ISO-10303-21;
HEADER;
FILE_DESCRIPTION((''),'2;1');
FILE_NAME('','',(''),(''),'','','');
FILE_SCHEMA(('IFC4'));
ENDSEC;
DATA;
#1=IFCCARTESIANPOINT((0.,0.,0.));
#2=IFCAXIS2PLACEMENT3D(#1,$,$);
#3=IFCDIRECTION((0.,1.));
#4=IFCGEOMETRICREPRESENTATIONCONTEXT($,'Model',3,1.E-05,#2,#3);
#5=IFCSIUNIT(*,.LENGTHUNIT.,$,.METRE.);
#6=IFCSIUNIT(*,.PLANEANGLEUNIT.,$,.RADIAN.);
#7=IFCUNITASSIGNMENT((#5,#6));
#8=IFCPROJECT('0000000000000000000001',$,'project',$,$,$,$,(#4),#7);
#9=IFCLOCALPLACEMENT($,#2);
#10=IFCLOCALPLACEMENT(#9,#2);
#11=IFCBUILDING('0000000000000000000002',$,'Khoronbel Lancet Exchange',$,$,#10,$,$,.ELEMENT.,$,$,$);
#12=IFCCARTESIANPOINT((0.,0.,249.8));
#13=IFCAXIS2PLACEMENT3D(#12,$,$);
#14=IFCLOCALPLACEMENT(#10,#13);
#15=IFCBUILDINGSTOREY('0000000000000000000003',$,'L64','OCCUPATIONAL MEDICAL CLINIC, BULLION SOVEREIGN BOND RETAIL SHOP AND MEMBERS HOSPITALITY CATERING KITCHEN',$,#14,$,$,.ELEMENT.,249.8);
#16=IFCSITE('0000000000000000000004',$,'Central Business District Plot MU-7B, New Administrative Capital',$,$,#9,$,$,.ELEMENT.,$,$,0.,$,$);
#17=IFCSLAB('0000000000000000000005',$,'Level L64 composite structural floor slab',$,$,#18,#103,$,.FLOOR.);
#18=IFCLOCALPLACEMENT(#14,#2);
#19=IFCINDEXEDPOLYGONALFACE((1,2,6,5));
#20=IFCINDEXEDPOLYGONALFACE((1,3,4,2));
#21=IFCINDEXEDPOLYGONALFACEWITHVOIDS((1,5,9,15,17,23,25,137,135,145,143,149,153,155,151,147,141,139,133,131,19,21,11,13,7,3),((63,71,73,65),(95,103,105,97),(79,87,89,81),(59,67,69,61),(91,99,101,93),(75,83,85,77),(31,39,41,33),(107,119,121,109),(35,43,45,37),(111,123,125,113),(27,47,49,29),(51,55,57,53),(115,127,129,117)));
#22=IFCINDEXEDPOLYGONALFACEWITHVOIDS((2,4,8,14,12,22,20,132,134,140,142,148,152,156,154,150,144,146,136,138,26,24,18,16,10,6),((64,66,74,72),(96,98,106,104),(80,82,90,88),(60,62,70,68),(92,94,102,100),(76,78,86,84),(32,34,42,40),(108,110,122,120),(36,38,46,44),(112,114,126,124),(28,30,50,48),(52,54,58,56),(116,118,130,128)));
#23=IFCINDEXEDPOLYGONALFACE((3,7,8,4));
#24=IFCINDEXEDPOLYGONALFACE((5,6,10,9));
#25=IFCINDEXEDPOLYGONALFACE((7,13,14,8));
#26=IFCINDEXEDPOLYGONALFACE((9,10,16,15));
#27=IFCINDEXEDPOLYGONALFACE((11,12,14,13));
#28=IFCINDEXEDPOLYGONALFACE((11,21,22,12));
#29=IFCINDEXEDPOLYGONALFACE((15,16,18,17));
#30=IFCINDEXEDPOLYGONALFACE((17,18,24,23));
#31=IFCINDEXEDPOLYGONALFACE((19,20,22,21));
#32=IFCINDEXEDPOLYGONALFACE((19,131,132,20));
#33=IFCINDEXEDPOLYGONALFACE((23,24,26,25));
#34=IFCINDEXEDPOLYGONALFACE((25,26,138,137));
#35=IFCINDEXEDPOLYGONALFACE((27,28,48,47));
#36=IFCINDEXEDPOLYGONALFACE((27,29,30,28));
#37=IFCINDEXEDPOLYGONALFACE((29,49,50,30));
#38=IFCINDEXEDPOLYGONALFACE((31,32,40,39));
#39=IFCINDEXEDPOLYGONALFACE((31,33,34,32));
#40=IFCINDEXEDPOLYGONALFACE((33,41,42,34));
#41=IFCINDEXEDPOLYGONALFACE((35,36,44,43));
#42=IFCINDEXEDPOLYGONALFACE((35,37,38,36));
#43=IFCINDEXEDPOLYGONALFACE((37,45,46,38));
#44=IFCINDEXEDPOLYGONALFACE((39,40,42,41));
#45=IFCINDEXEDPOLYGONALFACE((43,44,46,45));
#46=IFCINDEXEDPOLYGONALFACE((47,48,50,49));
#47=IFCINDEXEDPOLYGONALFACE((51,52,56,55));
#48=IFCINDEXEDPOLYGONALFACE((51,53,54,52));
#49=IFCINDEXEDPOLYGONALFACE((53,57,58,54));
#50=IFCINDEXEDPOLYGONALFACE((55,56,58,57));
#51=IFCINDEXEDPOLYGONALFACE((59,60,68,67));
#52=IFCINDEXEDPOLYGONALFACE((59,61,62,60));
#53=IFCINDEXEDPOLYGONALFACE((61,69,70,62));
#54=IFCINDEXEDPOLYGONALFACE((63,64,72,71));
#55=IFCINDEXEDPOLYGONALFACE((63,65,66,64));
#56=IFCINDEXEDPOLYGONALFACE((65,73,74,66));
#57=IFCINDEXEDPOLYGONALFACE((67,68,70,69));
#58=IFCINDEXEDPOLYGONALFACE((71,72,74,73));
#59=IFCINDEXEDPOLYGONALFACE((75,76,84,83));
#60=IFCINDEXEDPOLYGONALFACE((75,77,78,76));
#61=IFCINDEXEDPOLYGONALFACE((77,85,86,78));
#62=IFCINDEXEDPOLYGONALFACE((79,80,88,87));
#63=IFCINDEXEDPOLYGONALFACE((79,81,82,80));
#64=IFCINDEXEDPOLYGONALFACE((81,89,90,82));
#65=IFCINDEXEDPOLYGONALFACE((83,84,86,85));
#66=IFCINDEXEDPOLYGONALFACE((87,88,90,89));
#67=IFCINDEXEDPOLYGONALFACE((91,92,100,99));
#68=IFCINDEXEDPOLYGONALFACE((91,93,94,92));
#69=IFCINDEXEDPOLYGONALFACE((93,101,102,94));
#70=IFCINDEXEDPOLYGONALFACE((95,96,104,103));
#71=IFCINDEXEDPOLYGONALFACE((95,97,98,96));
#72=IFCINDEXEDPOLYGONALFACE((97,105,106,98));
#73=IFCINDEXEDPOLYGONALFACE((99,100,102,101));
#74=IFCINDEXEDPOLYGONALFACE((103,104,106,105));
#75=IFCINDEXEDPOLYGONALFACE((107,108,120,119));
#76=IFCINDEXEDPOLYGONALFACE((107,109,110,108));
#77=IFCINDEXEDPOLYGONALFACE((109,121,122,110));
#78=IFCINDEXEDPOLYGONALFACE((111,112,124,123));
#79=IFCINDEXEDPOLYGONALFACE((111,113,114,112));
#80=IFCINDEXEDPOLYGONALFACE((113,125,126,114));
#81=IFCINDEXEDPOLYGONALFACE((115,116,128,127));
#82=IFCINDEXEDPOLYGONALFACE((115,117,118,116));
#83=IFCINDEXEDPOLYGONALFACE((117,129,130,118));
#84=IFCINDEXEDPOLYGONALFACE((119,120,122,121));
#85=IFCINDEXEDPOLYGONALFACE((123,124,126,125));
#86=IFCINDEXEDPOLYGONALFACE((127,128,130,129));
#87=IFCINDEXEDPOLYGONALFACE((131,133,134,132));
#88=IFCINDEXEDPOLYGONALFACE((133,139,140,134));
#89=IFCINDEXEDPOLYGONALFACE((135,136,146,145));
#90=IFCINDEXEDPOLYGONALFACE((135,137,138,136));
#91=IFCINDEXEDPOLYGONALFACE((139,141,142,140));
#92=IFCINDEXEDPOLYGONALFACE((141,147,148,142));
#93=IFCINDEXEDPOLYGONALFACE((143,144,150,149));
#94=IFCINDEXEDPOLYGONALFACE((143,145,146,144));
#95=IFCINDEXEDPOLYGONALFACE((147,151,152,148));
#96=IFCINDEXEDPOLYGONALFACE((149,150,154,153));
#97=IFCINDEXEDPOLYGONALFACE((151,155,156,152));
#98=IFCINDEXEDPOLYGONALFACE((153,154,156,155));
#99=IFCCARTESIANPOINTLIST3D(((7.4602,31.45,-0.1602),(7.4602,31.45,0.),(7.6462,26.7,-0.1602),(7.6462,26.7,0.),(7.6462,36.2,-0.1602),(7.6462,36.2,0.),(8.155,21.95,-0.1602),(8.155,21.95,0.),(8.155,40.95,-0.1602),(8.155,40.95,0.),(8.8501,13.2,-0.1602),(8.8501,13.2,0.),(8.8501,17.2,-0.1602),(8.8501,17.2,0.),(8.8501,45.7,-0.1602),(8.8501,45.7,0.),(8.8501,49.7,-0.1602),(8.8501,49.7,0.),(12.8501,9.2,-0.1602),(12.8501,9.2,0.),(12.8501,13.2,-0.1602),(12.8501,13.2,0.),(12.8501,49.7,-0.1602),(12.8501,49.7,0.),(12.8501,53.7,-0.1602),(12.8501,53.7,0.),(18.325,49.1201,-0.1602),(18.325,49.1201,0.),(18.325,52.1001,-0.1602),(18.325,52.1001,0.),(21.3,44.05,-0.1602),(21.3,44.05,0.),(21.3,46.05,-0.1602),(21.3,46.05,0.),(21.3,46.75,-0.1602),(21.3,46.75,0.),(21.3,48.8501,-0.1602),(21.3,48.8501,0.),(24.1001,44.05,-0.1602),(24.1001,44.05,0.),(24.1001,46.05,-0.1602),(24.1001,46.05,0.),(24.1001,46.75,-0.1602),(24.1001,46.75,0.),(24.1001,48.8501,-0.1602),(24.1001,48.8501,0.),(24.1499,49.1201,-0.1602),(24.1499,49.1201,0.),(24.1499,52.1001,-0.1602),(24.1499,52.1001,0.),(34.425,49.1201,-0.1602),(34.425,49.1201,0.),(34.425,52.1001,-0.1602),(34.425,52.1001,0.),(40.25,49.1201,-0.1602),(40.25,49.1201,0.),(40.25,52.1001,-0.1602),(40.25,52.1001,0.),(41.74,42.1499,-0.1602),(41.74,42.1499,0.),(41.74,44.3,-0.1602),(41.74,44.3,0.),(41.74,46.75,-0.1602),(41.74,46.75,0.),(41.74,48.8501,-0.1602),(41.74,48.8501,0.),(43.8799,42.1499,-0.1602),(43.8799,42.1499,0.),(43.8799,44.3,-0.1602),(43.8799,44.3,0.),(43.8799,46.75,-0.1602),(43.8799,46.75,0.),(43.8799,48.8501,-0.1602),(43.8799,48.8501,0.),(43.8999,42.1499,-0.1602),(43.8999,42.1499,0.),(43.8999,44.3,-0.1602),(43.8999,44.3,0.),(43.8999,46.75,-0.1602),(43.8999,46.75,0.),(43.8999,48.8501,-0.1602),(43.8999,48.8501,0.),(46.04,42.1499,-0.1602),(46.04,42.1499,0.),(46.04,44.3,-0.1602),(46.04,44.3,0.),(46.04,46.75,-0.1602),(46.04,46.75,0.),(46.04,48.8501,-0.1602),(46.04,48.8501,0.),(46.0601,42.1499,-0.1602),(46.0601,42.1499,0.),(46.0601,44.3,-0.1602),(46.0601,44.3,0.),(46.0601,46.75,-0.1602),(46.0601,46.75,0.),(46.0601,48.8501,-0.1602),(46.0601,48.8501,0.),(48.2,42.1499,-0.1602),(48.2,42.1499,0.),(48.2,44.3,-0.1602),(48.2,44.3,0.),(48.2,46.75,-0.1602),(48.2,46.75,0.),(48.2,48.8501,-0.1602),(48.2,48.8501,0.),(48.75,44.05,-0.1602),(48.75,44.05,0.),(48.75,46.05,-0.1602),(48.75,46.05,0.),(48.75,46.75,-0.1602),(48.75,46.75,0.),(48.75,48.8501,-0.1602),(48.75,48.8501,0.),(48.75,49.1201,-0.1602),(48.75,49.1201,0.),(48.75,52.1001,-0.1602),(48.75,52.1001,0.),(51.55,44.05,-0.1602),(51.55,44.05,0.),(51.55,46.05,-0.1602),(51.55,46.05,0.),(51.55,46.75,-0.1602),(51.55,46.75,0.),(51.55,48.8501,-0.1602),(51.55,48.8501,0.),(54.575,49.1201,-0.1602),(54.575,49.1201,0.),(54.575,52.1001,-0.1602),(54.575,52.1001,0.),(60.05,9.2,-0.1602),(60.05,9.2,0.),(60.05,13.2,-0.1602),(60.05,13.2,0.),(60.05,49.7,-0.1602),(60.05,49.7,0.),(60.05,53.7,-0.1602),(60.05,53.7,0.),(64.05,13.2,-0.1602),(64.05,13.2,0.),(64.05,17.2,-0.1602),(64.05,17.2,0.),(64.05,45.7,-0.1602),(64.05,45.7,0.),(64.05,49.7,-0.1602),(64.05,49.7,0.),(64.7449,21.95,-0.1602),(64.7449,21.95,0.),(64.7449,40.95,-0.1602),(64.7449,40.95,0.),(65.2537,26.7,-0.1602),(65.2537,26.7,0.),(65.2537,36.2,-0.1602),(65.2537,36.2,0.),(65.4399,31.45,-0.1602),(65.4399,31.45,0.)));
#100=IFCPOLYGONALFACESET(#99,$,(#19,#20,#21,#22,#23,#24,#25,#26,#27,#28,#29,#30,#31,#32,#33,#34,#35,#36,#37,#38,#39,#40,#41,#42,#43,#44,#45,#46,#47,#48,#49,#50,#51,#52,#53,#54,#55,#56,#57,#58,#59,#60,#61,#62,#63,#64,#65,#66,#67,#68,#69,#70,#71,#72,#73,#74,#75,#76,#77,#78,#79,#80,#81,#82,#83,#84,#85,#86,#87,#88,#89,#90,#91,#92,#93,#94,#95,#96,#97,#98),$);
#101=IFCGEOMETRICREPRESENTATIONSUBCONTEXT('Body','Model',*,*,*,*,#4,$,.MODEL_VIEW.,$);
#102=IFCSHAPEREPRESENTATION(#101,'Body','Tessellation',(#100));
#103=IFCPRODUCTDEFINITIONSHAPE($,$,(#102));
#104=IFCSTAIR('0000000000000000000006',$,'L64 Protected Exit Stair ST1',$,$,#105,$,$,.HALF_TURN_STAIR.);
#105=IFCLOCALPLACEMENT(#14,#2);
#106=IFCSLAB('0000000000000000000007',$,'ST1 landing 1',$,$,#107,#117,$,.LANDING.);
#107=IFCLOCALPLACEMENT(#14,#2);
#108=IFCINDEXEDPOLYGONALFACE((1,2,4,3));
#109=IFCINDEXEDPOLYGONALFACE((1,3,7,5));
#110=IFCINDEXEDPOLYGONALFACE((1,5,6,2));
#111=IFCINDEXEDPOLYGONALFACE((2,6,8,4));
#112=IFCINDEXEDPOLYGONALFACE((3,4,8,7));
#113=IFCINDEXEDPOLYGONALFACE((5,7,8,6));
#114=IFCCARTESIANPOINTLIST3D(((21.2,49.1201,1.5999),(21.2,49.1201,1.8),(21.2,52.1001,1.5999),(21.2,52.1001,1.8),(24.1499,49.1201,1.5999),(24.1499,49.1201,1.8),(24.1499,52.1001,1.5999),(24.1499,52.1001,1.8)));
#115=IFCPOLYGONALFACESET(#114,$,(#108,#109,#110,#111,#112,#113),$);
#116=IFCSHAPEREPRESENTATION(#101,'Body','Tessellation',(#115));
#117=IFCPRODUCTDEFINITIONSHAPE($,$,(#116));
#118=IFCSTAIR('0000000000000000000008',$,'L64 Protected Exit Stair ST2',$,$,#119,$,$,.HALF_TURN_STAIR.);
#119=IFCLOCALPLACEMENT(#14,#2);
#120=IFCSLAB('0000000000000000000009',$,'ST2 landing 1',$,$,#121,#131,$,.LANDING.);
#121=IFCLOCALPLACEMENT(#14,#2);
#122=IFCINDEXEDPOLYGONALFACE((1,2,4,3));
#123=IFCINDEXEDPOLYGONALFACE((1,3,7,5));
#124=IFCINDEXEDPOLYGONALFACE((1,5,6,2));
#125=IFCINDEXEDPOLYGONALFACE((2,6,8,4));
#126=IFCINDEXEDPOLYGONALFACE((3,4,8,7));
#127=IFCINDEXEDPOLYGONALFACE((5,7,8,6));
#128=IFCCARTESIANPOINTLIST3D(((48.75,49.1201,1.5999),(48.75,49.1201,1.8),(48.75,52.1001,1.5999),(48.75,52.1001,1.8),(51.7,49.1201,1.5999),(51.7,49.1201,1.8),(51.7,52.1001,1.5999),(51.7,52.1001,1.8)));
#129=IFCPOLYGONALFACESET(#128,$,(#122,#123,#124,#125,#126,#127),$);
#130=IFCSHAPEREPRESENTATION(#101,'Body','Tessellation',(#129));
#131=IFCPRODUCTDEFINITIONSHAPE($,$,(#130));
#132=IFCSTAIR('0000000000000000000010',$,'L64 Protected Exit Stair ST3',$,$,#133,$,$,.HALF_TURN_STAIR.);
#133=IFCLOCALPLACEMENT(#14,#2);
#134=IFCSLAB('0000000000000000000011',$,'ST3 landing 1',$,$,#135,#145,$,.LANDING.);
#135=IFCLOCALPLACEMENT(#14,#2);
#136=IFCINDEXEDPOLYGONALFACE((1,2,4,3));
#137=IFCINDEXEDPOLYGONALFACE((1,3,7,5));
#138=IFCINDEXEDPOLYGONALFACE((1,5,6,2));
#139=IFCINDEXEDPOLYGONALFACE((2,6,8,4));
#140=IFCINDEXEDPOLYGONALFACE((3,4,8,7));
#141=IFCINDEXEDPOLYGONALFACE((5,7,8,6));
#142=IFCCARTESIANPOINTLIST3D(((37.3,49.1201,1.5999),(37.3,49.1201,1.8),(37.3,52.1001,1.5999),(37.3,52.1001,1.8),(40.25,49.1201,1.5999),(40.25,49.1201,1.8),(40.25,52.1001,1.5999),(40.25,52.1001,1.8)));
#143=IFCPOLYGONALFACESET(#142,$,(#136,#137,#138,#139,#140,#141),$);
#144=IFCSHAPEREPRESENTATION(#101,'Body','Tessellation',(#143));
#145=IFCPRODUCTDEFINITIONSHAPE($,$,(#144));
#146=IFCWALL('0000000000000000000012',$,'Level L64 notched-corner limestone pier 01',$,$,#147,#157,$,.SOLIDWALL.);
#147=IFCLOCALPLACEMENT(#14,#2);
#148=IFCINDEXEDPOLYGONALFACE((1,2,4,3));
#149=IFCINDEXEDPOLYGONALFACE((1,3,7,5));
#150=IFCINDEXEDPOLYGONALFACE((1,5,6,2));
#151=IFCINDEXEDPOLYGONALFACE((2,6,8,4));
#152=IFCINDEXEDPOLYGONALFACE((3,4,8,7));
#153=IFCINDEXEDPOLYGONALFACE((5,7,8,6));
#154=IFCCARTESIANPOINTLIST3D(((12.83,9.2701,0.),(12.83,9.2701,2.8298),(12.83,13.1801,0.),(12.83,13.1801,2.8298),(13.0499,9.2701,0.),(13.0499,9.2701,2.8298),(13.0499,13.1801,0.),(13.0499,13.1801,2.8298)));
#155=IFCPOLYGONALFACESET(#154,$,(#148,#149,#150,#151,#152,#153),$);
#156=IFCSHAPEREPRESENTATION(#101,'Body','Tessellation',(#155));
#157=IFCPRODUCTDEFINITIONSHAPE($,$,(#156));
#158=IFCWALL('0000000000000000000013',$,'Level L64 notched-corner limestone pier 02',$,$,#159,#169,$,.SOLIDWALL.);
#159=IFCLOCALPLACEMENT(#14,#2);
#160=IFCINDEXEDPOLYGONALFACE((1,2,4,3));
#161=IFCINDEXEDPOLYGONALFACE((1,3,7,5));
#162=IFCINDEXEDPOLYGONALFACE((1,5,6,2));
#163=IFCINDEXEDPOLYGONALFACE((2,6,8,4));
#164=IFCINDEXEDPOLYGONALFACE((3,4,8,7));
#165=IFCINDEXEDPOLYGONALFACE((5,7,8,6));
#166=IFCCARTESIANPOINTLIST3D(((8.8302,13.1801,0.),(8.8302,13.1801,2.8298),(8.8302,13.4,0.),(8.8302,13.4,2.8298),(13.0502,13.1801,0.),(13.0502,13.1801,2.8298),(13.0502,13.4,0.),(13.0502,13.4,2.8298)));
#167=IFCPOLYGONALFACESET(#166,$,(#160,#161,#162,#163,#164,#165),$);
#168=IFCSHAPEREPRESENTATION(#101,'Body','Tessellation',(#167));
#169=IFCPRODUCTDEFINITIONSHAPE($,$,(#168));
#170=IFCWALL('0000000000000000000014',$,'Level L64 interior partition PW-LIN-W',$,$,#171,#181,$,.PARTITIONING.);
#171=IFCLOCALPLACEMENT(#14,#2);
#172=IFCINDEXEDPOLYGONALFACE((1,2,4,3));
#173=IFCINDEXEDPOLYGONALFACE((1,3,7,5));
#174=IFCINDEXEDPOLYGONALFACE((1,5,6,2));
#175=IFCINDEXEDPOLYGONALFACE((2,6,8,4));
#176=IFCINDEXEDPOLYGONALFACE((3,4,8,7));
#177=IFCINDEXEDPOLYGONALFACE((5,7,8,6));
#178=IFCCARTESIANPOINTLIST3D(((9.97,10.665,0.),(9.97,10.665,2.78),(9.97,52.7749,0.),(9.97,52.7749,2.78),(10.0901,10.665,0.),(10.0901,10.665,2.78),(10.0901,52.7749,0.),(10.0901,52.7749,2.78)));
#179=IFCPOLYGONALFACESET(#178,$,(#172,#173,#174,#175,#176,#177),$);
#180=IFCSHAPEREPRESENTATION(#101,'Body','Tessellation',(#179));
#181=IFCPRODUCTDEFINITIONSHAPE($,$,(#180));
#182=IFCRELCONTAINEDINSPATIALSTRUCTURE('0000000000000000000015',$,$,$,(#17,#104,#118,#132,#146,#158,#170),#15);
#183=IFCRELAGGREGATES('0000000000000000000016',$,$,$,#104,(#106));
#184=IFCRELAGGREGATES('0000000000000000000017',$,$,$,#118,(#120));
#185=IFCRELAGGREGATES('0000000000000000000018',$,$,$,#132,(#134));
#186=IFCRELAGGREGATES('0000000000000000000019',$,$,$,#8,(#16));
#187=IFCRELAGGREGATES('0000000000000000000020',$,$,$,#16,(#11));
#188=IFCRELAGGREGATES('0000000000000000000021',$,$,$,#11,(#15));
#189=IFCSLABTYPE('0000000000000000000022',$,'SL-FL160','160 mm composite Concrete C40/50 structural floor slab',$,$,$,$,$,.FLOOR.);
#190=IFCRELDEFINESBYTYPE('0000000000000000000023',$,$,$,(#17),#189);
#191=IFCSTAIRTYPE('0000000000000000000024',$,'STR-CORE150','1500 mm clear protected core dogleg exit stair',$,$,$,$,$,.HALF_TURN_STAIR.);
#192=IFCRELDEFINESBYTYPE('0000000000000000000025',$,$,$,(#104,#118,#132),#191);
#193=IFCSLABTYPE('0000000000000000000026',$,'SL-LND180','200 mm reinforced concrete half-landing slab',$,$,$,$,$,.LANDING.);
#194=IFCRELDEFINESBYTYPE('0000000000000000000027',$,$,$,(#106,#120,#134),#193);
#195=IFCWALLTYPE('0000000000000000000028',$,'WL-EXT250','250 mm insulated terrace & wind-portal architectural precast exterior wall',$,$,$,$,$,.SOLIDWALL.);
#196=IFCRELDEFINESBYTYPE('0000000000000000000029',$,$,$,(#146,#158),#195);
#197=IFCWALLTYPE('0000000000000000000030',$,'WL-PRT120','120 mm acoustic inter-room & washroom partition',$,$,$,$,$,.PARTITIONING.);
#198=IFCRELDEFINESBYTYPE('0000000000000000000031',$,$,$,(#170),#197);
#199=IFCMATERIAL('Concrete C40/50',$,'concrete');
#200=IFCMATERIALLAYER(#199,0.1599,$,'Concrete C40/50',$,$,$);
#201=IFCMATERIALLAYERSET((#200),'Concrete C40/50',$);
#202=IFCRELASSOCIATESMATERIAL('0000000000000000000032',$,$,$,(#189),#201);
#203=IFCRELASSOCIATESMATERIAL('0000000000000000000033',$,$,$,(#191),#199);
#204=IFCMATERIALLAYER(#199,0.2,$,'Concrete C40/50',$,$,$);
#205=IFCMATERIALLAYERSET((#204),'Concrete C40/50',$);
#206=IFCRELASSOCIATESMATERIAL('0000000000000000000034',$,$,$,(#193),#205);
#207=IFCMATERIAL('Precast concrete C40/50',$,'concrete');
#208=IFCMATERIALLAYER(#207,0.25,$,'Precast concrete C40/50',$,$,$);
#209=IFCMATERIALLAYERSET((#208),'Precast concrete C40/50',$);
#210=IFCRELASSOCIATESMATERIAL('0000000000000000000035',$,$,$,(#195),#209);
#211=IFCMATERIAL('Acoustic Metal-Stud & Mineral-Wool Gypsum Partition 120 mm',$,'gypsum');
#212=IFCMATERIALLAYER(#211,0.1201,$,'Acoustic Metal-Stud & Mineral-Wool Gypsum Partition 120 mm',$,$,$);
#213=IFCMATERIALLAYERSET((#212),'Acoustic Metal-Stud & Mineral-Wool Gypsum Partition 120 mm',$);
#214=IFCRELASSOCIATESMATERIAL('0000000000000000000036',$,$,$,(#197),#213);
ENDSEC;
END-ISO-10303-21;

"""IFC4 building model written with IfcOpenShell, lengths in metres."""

from ifc_helpers import new_model, si_unit, direction, frame, frame_2d, origin, place, context, subcontext, project, spatial, polyline, rectangle, outline, extrude, material, layer, layer_set, type_object, element, aggregate, save


model = new_model("IFC4")

# Units and contexts
model_context = context("Model", 3, precision=1e-05, world=origin(), true_north=direction((0.0, 1.0)))
body_context = subcontext(model_context, "Body", "Model", "MODEL_VIEW")
ifc_project = project(units=[si_unit("LENGTHUNIT", "METRE"), si_unit("PLANEANGLEUNIT", "RADIAN")], contexts=[model_context])

# Site, building, storey
site_placement = place(None, origin())
site = spatial("IfcSite", under=ifc_project, at=site_placement, Name="Central Business District Plot MU-7B, New Administrative Capital", CompositionType="ELEMENT", RefElevation=0.0)
building_placement = place(site_placement, origin())
building = spatial("IfcBuilding", under=site, at=building_placement, Name="Khoronbel Lancet Exchange", CompositionType="ELEMENT")
storey_placement = place(building_placement, frame((0.0, 0.0, 249.8)))
storey = spatial("IfcBuildingStorey", under=building, at=storey_placement, Name="L64", Description="OCCUPATIONAL MEDICAL CLINIC, BULLION SOVEREIGN BOND RETAIL SHOP AND MEMBERS HOSPITALITY CATERING KITCHEN", CompositionType="ELEMENT", Elevation=249.8)

# Slab
ifc_material_1 = material(Name="Concrete C40/50", Category="concrete")
ifc_layer_1 = layer(ifc_material_1, 0.1599, Name="Concrete C40/50")
ifc_layer_set_1 = layer_set([ifc_layer_1], Name="Concrete C40/50")
slab_type_1 = type_object("IfcSlabType", Name="SL-FL160", Description="160 mm composite Concrete C40/50 structural floor slab", PredefinedType="FLOOR", material=ifc_layer_set_1)
slab_1_placement = place(storey_placement, frame((0.0, 0.0, -0.1602)))
element("IfcSlab", 1, at=slab_1_placement, inside=storey, type_object=slab_type_1, Name="Level L64 composite structural floor slab", PredefinedType="FLOOR", context=body_context, shape_type="SweptSolid", body=[
    extrude(outline(polyline([(12.8501, 9.2), (60.05, 9.2), (60.05, 13.2), (64.05, 13.2), (64.05, 17.2), (64.7449, 21.95), (65.2537, 26.7), (65.4399, 31.45), (65.2537, 36.2), (64.7449, 40.95), (64.05, 45.7), (64.05, 49.7), (60.05, 49.7), (60.05, 53.7), (12.8501, 53.7), (12.8501, 49.7), (8.8501, 49.7), (8.8501, 45.7), (8.155, 40.95), (7.6462, 36.2), (7.4602, 31.45), (7.6462, 26.7), (8.155, 21.95), (8.8501, 17.2), (8.8501, 13.2), (12.8501, 13.2), (12.8501, 9.2)]), holes=[polyline([(18.325, 49.1201), (24.1499, 49.1201), (24.1499, 52.1001), (18.325, 52.1001), (18.325, 49.1201)]), polyline([(48.75, 49.1201), (54.575, 49.1201), (54.575, 52.1001), (48.75, 52.1001), (48.75, 49.1201)]), polyline([(34.425, 49.1201), (40.25, 49.1201), (40.25, 52.1001), (34.425, 52.1001), (34.425, 49.1201)]), polyline([(41.74, 46.75), (43.8799, 46.75), (43.8799, 48.8501), (41.74, 48.8501), (41.74, 46.75)]), polyline([(43.8999, 46.75), (46.04, 46.75), (46.04, 48.8501), (43.8999, 48.8501), (43.8999, 46.75)]), polyline([(46.0601, 46.75), (48.2, 46.75), (48.2, 48.8501), (46.0601, 48.8501), (46.0601, 46.75)]), polyline([(41.74, 42.1499), (43.8799, 42.1499), (43.8799, 44.3), (41.74, 44.3), (41.74, 42.1499)]), polyline([(43.8999, 42.1499), (46.04, 42.1499), (46.04, 44.3), (43.8999, 44.3), (43.8999, 42.1499)]), polyline([(46.0601, 42.1499), (48.2, 42.1499), (48.2, 44.3), (46.0601, 44.3), (46.0601, 42.1499)]), polyline([(21.3, 46.75), (24.1001, 46.75), (24.1001, 48.8501), (21.3, 48.8501), (21.3, 46.75)]), polyline([(48.75, 46.75), (51.55, 46.75), (51.55, 48.8501), (48.75, 48.8501), (48.75, 46.75)]), polyline([(21.3, 44.05), (24.1001, 44.05), (24.1001, 46.05), (21.3, 46.05), (21.3, 44.05)]), polyline([(48.75, 44.05), (51.55, 44.05), (51.55, 46.05), (48.75, 46.05), (48.75, 44.05)])]), origin(), (0.0, 0.0, 1.0), 0.1602),
])

# Stairs, slabs
stair_type = type_object("IfcStairType", Name="STR-CORE150", Description="1500 mm clear protected core dogleg exit stair", PredefinedType="HALF_TURN_STAIR", material=ifc_material_1)
stair_1_placement = place(storey_placement, origin())
stair_1 = element("IfcStair", 2, at=stair_1_placement, inside=storey, type_object=stair_type, Name="L64 Protected Exit Stair ST1", PredefinedType="HALF_TURN_STAIR")
ifc_layer_2 = layer(ifc_material_1, 0.2, Name="Concrete C40/50")
ifc_layer_set_2 = layer_set([ifc_layer_2], Name="Concrete C40/50")
slab_type_2 = type_object("IfcSlabType", Name="SL-LND180", Description="200 mm reinforced concrete half-landing slab", PredefinedType="LANDING", material=ifc_layer_set_2)
slab_2_placement = place(storey_placement, frame((0.0, 0.0, 1.5999)))
slab_2 = element("IfcSlab", 3, at=slab_2_placement, type_object=slab_type_2, Name="ST1 landing 1", PredefinedType="LANDING", context=body_context, shape_type="SweptSolid", body=[
    extrude(outline(polyline([(21.2, 49.1201), (24.1499, 49.1201), (24.1499, 52.1001), (21.2, 52.1001), (21.2, 49.1201)])), origin(), (0.0, 0.0, 1.0), 0.2002),
])
aggregate(stair_1, [slab_2])
stair_2_placement = place(storey_placement, origin())
stair_2 = element("IfcStair", 4, at=stair_2_placement, inside=storey, type_object=stair_type, Name="L64 Protected Exit Stair ST2", PredefinedType="HALF_TURN_STAIR")
slab_3_placement = place(storey_placement, frame((0.0, 0.0, 1.5999)))
slab_3 = element("IfcSlab", 5, at=slab_3_placement, type_object=slab_type_2, Name="ST2 landing 1", PredefinedType="LANDING", context=body_context, shape_type="SweptSolid", body=[
    extrude(outline(polyline([(51.7, 52.1001), (48.75, 52.1001), (48.75, 49.1201), (51.7, 49.1201), (51.7, 52.1001)])), origin(), (0.0, 0.0, 1.0), 0.2002),
])
aggregate(stair_2, [slab_3])
stair_3_placement = place(storey_placement, origin())
stair_3 = element("IfcStair", 6, at=stair_3_placement, inside=storey, type_object=stair_type, Name="L64 Protected Exit Stair ST3", PredefinedType="HALF_TURN_STAIR")
slab_4_placement = place(storey_placement, frame((0.0, 0.0, 1.5999)))
slab_4 = element("IfcSlab", 7, at=slab_4_placement, type_object=slab_type_2, Name="ST3 landing 1", PredefinedType="LANDING", context=body_context, shape_type="SweptSolid", body=[
    extrude(outline(polyline([(37.3, 49.1201), (40.25, 49.1201), (40.25, 52.1001), (37.3, 52.1001), (37.3, 49.1201)])), origin(), (0.0, 0.0, 1.0), 0.2002),
])
aggregate(stair_3, [slab_4])

# Walls
ifc_material_2 = material(Name="Precast concrete C40/50", Category="concrete")
ifc_layer_3 = layer(ifc_material_2, 0.25, Name="Precast concrete C40/50")
ifc_layer_set_3 = layer_set([ifc_layer_3], Name="Precast concrete C40/50")
wall_type_1 = type_object("IfcWallType", Name="WL-EXT250", Description="250 mm insulated terrace & wind-portal architectural precast exterior wall", PredefinedType="SOLIDWALL", material=ifc_layer_set_3)
wall_1_placement = place(storey_placement, frame((12.9399, 9.27, 0.0), z_axis=(0.0, 0.0, 1.0), x_axis=(0.0, 1.0, 0.0)))
element("IfcWall", 8, at=wall_1_placement, inside=storey, type_object=wall_type_1, Name="Level L64 notched-corner limestone pier 01", PredefinedType="SOLIDWALL", context=body_context, shape_type="SweptSolid", body=[
    extrude(rectangle(XDim=3.9099, YDim=0.22, at=frame_2d((1.9551, 0.0))), origin(), (0.0, 0.0, 1.0), 2.8298),
])
wall_2_placement = place(storey_placement, frame((13.05, 13.29, 0.0), z_axis=(0.0, 0.0, 1.0), x_axis=(-1.0, 0.0, 0.0)))
element("IfcWall", 9, at=wall_2_placement, inside=storey, type_object=wall_type_1, Name="Level L64 notched-corner limestone pier 02", PredefinedType="SOLIDWALL", context=body_context, shape_type="SweptSolid", body=[
    extrude(rectangle(XDim=4.22, YDim=0.22, at=frame_2d((2.1099, 0.0))), origin(), (0.0, 0.0, 1.0), 2.8298),
])
ifc_material_3 = material(Name="Acoustic Metal-Stud & Mineral-Wool Gypsum Partition 120 mm", Category="gypsum")
ifc_layer_4 = layer(ifc_material_3, 0.1201, Name="Acoustic Metal-Stud & Mineral-Wool Gypsum Partition 120 mm")
ifc_layer_set_4 = layer_set([ifc_layer_4], Name="Acoustic Metal-Stud & Mineral-Wool Gypsum Partition 120 mm")
wall_type_2 = type_object("IfcWallType", Name="WL-PRT120", Description="120 mm acoustic inter-room & washroom partition", PredefinedType="PARTITIONING", material=ifc_layer_set_4)
wall_3_placement = place(storey_placement, frame((10.03, 10.665, 0.0), z_axis=(0.0, 0.0, 1.0), x_axis=(0.0, 1.0, 0.0)))
element("IfcWall", 10, at=wall_3_placement, inside=storey, type_object=wall_type_2, Name="Level L64 interior partition PW-LIN-W", PredefinedType="PARTITIONING", context=body_context, shape_type="SweptSolid", body=[
    extrude(rectangle(XDim=42.1099, YDim=0.1201, at=frame_2d((21.0549, 0.0))), origin(), (0.0, 0.0, 1.0), 2.78),
])

save(model, "model.ifc")
